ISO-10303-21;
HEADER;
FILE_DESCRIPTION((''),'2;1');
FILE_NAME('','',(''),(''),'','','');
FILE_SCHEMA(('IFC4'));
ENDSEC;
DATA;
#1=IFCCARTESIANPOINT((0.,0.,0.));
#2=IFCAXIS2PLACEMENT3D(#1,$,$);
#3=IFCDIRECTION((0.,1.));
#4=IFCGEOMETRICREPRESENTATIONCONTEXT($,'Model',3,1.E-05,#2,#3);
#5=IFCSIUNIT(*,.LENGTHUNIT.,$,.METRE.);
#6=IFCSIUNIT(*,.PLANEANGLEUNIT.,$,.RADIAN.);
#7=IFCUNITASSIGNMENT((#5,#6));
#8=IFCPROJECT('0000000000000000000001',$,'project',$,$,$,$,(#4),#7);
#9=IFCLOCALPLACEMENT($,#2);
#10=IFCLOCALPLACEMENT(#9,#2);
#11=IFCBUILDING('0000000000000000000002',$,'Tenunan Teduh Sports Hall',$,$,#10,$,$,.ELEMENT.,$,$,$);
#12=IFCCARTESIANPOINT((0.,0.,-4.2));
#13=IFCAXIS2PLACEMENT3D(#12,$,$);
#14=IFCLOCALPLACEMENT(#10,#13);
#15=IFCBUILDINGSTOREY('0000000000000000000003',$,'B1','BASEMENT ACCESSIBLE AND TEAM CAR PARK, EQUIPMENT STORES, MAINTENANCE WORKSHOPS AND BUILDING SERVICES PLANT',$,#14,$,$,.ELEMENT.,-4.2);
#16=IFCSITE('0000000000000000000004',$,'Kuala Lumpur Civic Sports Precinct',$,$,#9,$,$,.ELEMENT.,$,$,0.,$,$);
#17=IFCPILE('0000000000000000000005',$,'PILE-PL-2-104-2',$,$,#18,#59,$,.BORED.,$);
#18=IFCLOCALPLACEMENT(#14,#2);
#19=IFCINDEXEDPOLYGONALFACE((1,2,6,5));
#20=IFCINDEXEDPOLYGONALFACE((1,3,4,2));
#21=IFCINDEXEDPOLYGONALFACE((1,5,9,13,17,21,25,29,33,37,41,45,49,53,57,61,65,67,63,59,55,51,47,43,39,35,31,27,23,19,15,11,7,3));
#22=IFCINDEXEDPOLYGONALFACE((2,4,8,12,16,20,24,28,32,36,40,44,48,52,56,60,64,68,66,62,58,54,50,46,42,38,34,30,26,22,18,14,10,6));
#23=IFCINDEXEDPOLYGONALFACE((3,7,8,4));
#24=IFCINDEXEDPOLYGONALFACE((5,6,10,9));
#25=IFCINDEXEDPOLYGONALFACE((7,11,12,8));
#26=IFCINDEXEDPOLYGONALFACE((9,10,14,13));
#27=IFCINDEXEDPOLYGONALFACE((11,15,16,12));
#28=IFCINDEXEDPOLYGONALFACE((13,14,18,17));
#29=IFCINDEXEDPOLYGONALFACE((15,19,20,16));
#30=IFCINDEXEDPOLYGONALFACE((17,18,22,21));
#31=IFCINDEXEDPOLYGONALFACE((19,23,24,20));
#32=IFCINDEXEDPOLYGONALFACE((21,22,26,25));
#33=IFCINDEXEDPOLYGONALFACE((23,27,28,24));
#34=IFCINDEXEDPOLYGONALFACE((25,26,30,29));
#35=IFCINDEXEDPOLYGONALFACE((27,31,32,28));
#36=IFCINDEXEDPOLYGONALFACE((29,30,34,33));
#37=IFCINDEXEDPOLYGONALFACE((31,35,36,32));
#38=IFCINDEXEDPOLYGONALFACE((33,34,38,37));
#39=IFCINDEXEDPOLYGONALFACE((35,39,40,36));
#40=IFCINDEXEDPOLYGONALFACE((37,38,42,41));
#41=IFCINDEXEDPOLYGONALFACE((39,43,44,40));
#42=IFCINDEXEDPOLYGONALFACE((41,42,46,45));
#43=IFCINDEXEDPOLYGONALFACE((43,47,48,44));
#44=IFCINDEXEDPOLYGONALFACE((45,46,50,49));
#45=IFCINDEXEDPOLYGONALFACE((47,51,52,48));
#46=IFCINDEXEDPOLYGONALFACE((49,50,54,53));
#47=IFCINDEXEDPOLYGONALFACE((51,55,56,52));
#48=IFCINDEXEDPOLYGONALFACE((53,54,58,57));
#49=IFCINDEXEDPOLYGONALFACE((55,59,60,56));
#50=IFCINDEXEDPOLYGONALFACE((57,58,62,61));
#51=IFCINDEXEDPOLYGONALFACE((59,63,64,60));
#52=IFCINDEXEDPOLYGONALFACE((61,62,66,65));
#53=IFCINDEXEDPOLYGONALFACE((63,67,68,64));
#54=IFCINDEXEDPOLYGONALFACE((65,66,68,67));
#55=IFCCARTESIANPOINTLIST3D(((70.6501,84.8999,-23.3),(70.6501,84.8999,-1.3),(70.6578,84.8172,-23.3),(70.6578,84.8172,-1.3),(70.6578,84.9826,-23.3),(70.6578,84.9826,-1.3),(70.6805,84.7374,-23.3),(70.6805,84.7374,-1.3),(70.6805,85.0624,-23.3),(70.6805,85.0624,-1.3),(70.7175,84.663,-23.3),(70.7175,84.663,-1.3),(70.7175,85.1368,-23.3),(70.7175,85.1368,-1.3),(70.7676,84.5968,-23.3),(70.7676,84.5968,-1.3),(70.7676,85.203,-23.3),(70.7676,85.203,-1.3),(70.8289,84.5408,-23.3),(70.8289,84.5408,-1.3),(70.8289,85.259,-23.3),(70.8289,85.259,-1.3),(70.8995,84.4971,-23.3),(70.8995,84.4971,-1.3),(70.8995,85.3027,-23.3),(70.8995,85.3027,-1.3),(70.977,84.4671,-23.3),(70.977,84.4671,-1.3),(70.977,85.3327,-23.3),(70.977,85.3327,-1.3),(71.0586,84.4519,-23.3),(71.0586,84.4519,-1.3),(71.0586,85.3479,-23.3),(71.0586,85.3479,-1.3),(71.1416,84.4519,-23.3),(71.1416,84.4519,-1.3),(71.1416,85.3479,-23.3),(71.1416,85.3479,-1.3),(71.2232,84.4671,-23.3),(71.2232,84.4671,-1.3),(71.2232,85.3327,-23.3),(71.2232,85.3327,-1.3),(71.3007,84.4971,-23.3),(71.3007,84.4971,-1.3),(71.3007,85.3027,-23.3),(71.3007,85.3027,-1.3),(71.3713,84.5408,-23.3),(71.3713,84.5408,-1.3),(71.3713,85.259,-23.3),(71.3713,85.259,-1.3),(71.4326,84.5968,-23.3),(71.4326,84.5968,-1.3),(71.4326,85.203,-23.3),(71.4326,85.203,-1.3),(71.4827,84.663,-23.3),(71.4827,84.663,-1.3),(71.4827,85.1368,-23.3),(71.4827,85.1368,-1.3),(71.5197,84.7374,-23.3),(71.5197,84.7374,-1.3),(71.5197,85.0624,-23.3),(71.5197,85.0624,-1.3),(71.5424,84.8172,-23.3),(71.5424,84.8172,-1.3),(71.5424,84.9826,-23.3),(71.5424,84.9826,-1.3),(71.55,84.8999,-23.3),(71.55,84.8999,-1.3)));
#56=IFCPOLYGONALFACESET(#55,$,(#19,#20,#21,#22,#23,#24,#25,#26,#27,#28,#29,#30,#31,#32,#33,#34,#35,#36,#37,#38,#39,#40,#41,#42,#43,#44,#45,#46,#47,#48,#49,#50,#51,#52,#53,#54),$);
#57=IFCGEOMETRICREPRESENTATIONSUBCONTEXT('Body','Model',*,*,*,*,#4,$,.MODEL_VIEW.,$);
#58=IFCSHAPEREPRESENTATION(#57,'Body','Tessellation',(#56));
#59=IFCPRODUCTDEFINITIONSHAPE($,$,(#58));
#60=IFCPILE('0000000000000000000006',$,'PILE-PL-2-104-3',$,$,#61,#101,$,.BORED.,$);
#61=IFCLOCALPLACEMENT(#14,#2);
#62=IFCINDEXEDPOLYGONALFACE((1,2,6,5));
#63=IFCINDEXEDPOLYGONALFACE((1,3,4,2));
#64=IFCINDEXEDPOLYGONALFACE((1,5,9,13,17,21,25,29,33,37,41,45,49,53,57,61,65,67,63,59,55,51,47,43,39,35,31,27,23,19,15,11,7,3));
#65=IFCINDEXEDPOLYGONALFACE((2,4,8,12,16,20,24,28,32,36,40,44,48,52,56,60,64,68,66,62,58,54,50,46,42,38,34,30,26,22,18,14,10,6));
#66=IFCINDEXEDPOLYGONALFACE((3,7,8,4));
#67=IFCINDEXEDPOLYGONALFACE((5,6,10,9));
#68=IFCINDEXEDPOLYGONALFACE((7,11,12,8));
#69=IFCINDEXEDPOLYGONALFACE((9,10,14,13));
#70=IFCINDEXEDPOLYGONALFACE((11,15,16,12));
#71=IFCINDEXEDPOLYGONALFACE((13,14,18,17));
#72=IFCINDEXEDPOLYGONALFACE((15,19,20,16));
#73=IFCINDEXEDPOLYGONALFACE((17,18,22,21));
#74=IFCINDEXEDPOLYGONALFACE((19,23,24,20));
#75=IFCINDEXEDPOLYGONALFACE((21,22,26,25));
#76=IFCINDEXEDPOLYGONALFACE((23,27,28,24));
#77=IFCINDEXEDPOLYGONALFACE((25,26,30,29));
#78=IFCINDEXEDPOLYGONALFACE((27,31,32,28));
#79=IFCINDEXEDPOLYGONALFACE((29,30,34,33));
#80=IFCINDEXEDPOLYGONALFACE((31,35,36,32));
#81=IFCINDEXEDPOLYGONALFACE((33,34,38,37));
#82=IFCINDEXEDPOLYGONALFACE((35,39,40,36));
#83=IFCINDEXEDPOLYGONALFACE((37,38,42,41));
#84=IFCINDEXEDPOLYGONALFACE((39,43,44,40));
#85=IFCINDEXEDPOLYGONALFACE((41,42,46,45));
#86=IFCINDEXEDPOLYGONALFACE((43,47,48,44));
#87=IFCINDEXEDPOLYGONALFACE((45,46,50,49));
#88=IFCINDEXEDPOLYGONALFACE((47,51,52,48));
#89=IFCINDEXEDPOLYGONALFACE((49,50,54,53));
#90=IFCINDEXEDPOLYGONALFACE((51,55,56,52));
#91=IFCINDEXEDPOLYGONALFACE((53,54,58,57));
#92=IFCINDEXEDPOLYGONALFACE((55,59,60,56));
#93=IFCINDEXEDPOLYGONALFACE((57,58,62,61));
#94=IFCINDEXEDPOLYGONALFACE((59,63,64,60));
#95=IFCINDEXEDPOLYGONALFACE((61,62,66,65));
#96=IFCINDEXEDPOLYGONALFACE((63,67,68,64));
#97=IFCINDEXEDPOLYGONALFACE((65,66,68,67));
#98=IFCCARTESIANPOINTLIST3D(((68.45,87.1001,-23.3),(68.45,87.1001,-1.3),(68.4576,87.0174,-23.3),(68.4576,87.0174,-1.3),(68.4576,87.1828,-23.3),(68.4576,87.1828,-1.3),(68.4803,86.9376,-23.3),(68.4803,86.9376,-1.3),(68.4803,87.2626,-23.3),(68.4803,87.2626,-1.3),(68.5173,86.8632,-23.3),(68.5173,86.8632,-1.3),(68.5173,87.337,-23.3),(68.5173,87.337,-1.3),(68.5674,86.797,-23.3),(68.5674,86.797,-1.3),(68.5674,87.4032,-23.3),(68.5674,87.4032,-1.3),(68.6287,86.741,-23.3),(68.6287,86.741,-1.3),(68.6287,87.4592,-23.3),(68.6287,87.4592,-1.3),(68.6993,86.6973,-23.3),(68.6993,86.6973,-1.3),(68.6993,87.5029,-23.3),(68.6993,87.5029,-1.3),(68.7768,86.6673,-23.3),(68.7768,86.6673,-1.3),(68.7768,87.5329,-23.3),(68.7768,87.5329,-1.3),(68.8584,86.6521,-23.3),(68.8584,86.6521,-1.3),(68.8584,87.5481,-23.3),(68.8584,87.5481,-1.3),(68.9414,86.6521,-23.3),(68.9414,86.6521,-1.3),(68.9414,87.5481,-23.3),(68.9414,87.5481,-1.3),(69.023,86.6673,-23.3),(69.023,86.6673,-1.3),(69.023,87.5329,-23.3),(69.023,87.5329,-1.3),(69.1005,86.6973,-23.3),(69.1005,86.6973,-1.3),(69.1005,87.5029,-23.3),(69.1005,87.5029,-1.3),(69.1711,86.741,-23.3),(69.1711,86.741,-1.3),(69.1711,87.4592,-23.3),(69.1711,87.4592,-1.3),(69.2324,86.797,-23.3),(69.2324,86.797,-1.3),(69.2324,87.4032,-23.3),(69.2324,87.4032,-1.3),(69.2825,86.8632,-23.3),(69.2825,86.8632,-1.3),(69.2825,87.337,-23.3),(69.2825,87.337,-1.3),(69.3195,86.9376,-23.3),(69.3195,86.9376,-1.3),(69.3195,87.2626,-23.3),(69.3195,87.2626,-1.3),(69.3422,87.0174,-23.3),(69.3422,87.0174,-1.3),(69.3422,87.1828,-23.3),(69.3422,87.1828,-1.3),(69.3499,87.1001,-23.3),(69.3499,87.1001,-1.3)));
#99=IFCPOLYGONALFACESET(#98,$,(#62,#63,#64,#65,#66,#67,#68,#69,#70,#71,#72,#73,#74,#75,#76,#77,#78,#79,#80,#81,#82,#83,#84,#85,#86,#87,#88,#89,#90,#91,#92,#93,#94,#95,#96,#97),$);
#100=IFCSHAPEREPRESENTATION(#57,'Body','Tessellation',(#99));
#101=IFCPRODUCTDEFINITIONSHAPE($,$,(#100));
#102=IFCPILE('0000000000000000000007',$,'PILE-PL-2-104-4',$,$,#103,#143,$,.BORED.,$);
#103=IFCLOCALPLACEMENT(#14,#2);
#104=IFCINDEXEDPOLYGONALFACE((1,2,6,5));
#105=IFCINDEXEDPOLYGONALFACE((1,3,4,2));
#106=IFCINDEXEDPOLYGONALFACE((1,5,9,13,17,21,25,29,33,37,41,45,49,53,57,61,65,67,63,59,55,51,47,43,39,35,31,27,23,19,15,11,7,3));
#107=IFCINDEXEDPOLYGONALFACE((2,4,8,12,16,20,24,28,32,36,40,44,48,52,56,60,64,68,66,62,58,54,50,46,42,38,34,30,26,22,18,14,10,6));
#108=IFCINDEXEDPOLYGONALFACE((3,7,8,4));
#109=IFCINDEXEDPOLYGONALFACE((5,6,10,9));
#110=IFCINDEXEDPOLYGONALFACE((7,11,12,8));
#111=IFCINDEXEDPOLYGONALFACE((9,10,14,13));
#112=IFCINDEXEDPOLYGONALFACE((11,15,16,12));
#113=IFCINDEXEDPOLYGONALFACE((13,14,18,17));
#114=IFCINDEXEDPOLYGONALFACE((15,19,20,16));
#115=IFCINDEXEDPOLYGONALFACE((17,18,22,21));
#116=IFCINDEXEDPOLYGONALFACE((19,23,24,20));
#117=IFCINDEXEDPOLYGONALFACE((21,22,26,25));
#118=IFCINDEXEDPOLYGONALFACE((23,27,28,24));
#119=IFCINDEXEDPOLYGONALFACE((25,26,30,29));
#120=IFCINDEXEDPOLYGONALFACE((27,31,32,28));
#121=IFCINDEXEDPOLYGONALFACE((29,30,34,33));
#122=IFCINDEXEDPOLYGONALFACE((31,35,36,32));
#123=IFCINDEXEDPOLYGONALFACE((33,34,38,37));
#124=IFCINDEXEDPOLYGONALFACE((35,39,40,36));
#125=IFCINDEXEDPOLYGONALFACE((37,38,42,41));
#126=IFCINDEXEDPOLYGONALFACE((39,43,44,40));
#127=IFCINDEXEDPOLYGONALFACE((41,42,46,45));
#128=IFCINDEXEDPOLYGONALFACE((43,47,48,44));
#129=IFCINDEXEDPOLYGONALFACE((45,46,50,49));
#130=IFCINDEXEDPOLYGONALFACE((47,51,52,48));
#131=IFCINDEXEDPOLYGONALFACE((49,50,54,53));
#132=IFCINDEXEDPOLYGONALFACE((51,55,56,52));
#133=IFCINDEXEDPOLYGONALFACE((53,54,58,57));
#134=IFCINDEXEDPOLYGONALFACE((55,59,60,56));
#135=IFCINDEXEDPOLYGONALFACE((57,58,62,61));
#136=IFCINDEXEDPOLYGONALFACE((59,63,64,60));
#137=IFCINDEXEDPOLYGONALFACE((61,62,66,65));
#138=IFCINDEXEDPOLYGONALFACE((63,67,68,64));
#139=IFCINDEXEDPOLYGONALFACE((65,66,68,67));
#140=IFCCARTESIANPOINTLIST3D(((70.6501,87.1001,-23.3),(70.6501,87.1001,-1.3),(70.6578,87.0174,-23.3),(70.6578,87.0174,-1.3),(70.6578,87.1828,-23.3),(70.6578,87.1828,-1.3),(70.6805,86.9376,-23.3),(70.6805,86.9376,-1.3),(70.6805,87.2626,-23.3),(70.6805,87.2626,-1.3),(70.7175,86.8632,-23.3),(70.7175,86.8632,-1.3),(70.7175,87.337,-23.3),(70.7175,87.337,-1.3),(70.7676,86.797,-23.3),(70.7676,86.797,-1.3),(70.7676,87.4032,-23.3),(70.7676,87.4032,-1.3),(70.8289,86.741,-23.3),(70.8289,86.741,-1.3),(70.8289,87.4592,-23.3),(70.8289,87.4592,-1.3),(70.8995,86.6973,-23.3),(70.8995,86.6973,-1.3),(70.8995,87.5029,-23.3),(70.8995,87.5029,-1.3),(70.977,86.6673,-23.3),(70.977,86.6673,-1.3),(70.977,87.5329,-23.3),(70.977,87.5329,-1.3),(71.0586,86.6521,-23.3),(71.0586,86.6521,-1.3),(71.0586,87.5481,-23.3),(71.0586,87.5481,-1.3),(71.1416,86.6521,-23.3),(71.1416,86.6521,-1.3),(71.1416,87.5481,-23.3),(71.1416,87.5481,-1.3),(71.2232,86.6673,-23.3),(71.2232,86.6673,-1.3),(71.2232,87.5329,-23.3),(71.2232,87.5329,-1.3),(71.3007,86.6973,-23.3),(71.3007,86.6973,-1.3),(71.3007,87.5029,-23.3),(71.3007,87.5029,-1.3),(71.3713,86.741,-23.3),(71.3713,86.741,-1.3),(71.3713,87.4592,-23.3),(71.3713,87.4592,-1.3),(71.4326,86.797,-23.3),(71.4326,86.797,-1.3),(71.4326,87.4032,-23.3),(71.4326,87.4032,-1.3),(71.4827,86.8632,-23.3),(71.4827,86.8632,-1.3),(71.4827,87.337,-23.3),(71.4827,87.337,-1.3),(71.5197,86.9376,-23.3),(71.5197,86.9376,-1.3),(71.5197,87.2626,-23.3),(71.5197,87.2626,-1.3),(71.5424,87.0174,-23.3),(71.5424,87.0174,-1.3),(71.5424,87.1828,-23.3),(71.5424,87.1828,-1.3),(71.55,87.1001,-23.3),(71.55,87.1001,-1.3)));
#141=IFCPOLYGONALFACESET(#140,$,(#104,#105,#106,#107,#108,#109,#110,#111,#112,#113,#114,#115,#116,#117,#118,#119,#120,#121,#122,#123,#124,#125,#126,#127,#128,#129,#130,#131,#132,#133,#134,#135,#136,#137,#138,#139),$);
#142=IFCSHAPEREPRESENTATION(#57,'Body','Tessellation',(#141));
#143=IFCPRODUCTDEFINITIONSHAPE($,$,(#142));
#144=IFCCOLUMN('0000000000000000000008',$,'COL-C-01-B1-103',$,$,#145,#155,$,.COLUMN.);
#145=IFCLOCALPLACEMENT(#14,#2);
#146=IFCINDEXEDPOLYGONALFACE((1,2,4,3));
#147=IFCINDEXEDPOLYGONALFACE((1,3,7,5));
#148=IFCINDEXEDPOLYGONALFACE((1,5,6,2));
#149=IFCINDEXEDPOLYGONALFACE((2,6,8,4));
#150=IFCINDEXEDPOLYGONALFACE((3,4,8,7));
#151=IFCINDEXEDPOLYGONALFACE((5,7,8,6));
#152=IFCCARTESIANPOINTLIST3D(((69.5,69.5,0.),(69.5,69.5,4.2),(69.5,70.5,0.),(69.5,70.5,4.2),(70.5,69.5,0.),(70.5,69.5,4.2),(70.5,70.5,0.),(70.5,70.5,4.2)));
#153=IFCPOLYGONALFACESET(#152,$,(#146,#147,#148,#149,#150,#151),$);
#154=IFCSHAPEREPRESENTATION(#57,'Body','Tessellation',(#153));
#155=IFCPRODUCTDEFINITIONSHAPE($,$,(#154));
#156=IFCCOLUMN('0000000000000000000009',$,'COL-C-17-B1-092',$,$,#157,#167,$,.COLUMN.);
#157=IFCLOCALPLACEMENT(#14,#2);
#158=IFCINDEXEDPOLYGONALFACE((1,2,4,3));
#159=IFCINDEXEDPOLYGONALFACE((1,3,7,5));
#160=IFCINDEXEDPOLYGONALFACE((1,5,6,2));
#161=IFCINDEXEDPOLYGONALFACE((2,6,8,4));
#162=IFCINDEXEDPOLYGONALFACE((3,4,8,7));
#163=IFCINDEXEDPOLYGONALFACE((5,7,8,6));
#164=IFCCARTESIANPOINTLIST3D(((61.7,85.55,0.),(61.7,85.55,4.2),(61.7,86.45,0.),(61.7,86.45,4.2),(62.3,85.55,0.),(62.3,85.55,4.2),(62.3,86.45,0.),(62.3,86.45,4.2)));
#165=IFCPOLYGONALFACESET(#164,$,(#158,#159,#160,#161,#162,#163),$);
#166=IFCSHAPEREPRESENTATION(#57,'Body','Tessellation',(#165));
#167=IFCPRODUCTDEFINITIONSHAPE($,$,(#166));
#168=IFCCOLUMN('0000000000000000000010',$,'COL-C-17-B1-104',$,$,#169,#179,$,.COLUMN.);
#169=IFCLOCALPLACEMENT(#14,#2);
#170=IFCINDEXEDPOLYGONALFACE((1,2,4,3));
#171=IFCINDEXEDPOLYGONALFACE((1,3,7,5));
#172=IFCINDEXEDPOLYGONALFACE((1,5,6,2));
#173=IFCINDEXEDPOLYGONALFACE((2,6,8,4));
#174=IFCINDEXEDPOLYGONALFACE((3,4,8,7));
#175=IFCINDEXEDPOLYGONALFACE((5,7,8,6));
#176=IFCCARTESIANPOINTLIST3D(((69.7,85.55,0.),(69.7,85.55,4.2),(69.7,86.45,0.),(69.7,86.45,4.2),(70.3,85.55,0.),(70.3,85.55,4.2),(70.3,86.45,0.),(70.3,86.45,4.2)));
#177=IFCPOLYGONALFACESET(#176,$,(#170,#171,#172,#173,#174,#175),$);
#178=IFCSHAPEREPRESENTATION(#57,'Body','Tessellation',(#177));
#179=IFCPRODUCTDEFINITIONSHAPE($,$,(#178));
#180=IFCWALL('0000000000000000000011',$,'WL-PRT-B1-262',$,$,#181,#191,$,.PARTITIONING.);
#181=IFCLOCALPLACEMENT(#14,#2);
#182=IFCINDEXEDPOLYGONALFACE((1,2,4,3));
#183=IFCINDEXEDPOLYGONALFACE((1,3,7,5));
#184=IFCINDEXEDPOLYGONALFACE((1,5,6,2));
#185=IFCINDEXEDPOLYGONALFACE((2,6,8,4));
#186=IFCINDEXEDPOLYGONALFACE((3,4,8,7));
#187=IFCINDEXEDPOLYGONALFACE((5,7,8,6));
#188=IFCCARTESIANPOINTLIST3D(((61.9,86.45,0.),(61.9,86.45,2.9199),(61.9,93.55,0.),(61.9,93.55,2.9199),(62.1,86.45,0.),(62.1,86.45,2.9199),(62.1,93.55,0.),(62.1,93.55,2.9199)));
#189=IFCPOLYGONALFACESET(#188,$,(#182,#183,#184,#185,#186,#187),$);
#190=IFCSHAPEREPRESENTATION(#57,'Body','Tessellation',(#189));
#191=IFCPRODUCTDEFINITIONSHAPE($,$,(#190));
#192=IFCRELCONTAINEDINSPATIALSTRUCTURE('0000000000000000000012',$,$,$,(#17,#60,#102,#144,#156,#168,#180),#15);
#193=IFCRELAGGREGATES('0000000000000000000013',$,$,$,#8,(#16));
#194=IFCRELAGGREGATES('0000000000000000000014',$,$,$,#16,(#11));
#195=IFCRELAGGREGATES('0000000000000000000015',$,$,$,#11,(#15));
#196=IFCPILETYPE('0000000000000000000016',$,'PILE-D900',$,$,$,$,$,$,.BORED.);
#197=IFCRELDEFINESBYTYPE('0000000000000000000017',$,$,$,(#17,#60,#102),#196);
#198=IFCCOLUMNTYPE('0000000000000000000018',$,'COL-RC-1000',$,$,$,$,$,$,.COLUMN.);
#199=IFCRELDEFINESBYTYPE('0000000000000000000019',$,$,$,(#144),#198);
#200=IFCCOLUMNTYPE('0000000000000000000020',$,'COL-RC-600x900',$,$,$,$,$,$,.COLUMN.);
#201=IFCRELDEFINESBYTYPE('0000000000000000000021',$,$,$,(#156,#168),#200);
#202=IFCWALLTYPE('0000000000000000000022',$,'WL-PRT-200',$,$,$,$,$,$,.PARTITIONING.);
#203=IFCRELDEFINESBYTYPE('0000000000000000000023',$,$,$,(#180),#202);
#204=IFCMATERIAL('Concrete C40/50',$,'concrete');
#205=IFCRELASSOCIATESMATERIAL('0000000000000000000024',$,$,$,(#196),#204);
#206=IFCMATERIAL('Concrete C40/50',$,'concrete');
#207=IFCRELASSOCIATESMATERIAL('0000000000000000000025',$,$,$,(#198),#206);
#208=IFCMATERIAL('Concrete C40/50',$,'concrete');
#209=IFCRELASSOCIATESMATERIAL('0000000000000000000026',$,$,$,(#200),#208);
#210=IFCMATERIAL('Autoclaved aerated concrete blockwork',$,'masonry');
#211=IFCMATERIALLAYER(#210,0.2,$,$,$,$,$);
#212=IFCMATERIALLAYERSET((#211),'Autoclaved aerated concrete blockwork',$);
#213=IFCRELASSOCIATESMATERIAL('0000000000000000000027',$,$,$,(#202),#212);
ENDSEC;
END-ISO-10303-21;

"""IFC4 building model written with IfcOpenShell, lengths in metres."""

from ifc_helpers import new_model, si_unit, direction, frame, frame_2d, origin, origin_2d, place, context, subcontext, project, spatial, rectangle, circle, extrude, material, layer, layer_set, material_profile, profile_set, type_object, element, save


model = new_model("IFC4")

# Units and contexts
model_context = context("Model", 3, precision=1e-05, world=origin(), true_north=direction((0.0, 1.0)))
body_context = subcontext(model_context, "Body", "Model", "MODEL_VIEW")
ifc_project = project(units=[si_unit("LENGTHUNIT", "METRE"), si_unit("PLANEANGLEUNIT", "RADIAN")], contexts=[model_context])

# Site, building, storey
site_placement = place(None, origin())
site = spatial("IfcSite", under=ifc_project, at=site_placement, Name="Kuala Lumpur Civic Sports Precinct", CompositionType="ELEMENT", RefElevation=0.0)
building_placement = place(site_placement, origin())
building = spatial("IfcBuilding", under=site, at=building_placement, Name="Tenunan Teduh Sports Hall", CompositionType="ELEMENT")
storey_placement = place(building_placement, frame((0.0, 0.0, -4.2)))
storey = spatial("IfcBuildingStorey", under=building, at=storey_placement, Name="B1", Description="BASEMENT ACCESSIBLE AND TEAM CAR PARK, EQUIPMENT STORES, MAINTENANCE WORKSHOPS AND BUILDING SERVICES PLANT", CompositionType="ELEMENT", Elevation=-4.2)

# Piles
ifc_material_1 = material(Name="Concrete C40/50", Category="concrete")
ifc_material_profile_1 = material_profile(ifc_material_1, circle(Radius=0.45, at=origin_2d()), Name="PILE D900")
ifc_profile_set_1 = profile_set([ifc_material_profile_1], Name="Concrete C40/50")
pile_type_1 = type_object("IfcPileType", Name="PILE-D900", PredefinedType="BORED", material=ifc_profile_set_1)
for number, where, z_axis, x_axis, name in (
    (1, (71.1001, 84.8999, -1.3), (0.0, 0.0, -1.0), (1.0, 0.0, 0.0), "PILE-PL-2-104-2"),
    (2, (68.8999, 87.1001, -1.3), (0.0, 0.0, -1.0), (1.0, 0.0, 0.0), "PILE-PL-2-104-3"),
    (3, (71.1001, 87.1001, -1.3), (0.0, 0.0, -1.0), (1.0, 0.0, 0.0), "PILE-PL-2-104-4"),
):
    element("IfcPile", number, at=place(storey_placement, frame(where, z_axis=z_axis, x_axis=x_axis)), inside=storey, type_object=pile_type_1, Name=name, PredefinedType="BORED", context=body_context, shape_type="SweptSolid", body=[
        extrude(circle(Radius=0.45, at=origin_2d()), origin(), (0.0, 0.0, 1.0), 22.0),
    ])

# Columns
ifc_material_2 = material(Name="Concrete C40/50", Category="concrete")
ifc_material_profile_2 = material_profile(ifc_material_2, rectangle(XDim=1.0, YDim=1.0, at=origin_2d()), Name="RC 1000x1000")
ifc_profile_set_2 = profile_set([ifc_material_profile_2], Name="Concrete C40/50")
column_type_1 = type_object("IfcColumnType", Name="COL-RC-1000", PredefinedType="COLUMN", material=ifc_profile_set_2)
column_placement = place(storey_placement, frame((70.0, 70.0, 0.0), z_axis=(0.0, 0.0, 1.0), x_axis=(1.0, 0.0, 0.0)))
element("IfcColumn", 4, at=column_placement, inside=storey, type_object=column_type_1, Name="COL-C-01-B1-103", PredefinedType="COLUMN", context=body_context, shape_type="SweptSolid", body=[
    extrude(rectangle(XDim=1.0, YDim=1.0, at=origin_2d()), origin(), (0.0, 0.0, 1.0), 4.2),
])
ifc_material_3 = material(Name="Concrete C40/50", Category="concrete")
ifc_material_profile_3 = material_profile(ifc_material_3, rectangle(XDim=0.6001, YDim=0.8999, at=origin_2d()), Name="RC 600x900")
ifc_profile_set_3 = profile_set([ifc_material_profile_3], Name="Concrete C40/50")
column_type_2 = type_object("IfcColumnType", Name="COL-RC-600x900", PredefinedType="COLUMN", material=ifc_profile_set_3)
for number, where, z_axis, x_axis, name in (
    (5, (62.0, 86.0, 0.0), (0.0, 0.0, 1.0), (1.0, 0.0, 0.0), "COL-C-17-B1-092"),
    (6, (70.0, 86.0, 0.0), (0.0, 0.0, 1.0), (1.0, 0.0, 0.0), "COL-C-17-B1-104"),
):
    element("IfcColumn", number, at=place(storey_placement, frame(where, z_axis=z_axis, x_axis=x_axis)), inside=storey, type_object=column_type_2, Name=name, PredefinedType="COLUMN", context=body_context, shape_type="SweptSolid", body=[
        extrude(rectangle(XDim=0.6001, YDim=0.8999, at=origin_2d()), origin(), (0.0, 0.0, 1.0), 4.2),
    ])

# Wall
ifc_material_4 = material(Name="Autoclaved aerated concrete blockwork", Category="masonry")
ifc_layer_1 = layer(ifc_material_4, 0.2)
ifc_layer_set_1 = layer_set([ifc_layer_1], Name="Autoclaved aerated concrete blockwork")
wall_type_1 = type_object("IfcWallType", Name="WL-PRT-200", PredefinedType="PARTITIONING", material=ifc_layer_set_1)
wall_1_placement = place(storey_placement, frame((62.0, 86.45, 0.0), z_axis=(0.0, 0.0, 1.0), x_axis=(0.0, 1.0, 0.0)))
element("IfcWall", 7, at=wall_1_placement, inside=storey, type_object=wall_type_1, Name="WL-PRT-B1-262", PredefinedType="PARTITIONING", context=body_context, shape_type="SweptSolid", body=[
    extrude(rectangle(XDim=7.1001, YDim=0.2, at=frame_2d((3.55, 0.0))), origin(), (0.0, 0.0, 1.0), 2.9199),
])

save(model, "model.ifc")
